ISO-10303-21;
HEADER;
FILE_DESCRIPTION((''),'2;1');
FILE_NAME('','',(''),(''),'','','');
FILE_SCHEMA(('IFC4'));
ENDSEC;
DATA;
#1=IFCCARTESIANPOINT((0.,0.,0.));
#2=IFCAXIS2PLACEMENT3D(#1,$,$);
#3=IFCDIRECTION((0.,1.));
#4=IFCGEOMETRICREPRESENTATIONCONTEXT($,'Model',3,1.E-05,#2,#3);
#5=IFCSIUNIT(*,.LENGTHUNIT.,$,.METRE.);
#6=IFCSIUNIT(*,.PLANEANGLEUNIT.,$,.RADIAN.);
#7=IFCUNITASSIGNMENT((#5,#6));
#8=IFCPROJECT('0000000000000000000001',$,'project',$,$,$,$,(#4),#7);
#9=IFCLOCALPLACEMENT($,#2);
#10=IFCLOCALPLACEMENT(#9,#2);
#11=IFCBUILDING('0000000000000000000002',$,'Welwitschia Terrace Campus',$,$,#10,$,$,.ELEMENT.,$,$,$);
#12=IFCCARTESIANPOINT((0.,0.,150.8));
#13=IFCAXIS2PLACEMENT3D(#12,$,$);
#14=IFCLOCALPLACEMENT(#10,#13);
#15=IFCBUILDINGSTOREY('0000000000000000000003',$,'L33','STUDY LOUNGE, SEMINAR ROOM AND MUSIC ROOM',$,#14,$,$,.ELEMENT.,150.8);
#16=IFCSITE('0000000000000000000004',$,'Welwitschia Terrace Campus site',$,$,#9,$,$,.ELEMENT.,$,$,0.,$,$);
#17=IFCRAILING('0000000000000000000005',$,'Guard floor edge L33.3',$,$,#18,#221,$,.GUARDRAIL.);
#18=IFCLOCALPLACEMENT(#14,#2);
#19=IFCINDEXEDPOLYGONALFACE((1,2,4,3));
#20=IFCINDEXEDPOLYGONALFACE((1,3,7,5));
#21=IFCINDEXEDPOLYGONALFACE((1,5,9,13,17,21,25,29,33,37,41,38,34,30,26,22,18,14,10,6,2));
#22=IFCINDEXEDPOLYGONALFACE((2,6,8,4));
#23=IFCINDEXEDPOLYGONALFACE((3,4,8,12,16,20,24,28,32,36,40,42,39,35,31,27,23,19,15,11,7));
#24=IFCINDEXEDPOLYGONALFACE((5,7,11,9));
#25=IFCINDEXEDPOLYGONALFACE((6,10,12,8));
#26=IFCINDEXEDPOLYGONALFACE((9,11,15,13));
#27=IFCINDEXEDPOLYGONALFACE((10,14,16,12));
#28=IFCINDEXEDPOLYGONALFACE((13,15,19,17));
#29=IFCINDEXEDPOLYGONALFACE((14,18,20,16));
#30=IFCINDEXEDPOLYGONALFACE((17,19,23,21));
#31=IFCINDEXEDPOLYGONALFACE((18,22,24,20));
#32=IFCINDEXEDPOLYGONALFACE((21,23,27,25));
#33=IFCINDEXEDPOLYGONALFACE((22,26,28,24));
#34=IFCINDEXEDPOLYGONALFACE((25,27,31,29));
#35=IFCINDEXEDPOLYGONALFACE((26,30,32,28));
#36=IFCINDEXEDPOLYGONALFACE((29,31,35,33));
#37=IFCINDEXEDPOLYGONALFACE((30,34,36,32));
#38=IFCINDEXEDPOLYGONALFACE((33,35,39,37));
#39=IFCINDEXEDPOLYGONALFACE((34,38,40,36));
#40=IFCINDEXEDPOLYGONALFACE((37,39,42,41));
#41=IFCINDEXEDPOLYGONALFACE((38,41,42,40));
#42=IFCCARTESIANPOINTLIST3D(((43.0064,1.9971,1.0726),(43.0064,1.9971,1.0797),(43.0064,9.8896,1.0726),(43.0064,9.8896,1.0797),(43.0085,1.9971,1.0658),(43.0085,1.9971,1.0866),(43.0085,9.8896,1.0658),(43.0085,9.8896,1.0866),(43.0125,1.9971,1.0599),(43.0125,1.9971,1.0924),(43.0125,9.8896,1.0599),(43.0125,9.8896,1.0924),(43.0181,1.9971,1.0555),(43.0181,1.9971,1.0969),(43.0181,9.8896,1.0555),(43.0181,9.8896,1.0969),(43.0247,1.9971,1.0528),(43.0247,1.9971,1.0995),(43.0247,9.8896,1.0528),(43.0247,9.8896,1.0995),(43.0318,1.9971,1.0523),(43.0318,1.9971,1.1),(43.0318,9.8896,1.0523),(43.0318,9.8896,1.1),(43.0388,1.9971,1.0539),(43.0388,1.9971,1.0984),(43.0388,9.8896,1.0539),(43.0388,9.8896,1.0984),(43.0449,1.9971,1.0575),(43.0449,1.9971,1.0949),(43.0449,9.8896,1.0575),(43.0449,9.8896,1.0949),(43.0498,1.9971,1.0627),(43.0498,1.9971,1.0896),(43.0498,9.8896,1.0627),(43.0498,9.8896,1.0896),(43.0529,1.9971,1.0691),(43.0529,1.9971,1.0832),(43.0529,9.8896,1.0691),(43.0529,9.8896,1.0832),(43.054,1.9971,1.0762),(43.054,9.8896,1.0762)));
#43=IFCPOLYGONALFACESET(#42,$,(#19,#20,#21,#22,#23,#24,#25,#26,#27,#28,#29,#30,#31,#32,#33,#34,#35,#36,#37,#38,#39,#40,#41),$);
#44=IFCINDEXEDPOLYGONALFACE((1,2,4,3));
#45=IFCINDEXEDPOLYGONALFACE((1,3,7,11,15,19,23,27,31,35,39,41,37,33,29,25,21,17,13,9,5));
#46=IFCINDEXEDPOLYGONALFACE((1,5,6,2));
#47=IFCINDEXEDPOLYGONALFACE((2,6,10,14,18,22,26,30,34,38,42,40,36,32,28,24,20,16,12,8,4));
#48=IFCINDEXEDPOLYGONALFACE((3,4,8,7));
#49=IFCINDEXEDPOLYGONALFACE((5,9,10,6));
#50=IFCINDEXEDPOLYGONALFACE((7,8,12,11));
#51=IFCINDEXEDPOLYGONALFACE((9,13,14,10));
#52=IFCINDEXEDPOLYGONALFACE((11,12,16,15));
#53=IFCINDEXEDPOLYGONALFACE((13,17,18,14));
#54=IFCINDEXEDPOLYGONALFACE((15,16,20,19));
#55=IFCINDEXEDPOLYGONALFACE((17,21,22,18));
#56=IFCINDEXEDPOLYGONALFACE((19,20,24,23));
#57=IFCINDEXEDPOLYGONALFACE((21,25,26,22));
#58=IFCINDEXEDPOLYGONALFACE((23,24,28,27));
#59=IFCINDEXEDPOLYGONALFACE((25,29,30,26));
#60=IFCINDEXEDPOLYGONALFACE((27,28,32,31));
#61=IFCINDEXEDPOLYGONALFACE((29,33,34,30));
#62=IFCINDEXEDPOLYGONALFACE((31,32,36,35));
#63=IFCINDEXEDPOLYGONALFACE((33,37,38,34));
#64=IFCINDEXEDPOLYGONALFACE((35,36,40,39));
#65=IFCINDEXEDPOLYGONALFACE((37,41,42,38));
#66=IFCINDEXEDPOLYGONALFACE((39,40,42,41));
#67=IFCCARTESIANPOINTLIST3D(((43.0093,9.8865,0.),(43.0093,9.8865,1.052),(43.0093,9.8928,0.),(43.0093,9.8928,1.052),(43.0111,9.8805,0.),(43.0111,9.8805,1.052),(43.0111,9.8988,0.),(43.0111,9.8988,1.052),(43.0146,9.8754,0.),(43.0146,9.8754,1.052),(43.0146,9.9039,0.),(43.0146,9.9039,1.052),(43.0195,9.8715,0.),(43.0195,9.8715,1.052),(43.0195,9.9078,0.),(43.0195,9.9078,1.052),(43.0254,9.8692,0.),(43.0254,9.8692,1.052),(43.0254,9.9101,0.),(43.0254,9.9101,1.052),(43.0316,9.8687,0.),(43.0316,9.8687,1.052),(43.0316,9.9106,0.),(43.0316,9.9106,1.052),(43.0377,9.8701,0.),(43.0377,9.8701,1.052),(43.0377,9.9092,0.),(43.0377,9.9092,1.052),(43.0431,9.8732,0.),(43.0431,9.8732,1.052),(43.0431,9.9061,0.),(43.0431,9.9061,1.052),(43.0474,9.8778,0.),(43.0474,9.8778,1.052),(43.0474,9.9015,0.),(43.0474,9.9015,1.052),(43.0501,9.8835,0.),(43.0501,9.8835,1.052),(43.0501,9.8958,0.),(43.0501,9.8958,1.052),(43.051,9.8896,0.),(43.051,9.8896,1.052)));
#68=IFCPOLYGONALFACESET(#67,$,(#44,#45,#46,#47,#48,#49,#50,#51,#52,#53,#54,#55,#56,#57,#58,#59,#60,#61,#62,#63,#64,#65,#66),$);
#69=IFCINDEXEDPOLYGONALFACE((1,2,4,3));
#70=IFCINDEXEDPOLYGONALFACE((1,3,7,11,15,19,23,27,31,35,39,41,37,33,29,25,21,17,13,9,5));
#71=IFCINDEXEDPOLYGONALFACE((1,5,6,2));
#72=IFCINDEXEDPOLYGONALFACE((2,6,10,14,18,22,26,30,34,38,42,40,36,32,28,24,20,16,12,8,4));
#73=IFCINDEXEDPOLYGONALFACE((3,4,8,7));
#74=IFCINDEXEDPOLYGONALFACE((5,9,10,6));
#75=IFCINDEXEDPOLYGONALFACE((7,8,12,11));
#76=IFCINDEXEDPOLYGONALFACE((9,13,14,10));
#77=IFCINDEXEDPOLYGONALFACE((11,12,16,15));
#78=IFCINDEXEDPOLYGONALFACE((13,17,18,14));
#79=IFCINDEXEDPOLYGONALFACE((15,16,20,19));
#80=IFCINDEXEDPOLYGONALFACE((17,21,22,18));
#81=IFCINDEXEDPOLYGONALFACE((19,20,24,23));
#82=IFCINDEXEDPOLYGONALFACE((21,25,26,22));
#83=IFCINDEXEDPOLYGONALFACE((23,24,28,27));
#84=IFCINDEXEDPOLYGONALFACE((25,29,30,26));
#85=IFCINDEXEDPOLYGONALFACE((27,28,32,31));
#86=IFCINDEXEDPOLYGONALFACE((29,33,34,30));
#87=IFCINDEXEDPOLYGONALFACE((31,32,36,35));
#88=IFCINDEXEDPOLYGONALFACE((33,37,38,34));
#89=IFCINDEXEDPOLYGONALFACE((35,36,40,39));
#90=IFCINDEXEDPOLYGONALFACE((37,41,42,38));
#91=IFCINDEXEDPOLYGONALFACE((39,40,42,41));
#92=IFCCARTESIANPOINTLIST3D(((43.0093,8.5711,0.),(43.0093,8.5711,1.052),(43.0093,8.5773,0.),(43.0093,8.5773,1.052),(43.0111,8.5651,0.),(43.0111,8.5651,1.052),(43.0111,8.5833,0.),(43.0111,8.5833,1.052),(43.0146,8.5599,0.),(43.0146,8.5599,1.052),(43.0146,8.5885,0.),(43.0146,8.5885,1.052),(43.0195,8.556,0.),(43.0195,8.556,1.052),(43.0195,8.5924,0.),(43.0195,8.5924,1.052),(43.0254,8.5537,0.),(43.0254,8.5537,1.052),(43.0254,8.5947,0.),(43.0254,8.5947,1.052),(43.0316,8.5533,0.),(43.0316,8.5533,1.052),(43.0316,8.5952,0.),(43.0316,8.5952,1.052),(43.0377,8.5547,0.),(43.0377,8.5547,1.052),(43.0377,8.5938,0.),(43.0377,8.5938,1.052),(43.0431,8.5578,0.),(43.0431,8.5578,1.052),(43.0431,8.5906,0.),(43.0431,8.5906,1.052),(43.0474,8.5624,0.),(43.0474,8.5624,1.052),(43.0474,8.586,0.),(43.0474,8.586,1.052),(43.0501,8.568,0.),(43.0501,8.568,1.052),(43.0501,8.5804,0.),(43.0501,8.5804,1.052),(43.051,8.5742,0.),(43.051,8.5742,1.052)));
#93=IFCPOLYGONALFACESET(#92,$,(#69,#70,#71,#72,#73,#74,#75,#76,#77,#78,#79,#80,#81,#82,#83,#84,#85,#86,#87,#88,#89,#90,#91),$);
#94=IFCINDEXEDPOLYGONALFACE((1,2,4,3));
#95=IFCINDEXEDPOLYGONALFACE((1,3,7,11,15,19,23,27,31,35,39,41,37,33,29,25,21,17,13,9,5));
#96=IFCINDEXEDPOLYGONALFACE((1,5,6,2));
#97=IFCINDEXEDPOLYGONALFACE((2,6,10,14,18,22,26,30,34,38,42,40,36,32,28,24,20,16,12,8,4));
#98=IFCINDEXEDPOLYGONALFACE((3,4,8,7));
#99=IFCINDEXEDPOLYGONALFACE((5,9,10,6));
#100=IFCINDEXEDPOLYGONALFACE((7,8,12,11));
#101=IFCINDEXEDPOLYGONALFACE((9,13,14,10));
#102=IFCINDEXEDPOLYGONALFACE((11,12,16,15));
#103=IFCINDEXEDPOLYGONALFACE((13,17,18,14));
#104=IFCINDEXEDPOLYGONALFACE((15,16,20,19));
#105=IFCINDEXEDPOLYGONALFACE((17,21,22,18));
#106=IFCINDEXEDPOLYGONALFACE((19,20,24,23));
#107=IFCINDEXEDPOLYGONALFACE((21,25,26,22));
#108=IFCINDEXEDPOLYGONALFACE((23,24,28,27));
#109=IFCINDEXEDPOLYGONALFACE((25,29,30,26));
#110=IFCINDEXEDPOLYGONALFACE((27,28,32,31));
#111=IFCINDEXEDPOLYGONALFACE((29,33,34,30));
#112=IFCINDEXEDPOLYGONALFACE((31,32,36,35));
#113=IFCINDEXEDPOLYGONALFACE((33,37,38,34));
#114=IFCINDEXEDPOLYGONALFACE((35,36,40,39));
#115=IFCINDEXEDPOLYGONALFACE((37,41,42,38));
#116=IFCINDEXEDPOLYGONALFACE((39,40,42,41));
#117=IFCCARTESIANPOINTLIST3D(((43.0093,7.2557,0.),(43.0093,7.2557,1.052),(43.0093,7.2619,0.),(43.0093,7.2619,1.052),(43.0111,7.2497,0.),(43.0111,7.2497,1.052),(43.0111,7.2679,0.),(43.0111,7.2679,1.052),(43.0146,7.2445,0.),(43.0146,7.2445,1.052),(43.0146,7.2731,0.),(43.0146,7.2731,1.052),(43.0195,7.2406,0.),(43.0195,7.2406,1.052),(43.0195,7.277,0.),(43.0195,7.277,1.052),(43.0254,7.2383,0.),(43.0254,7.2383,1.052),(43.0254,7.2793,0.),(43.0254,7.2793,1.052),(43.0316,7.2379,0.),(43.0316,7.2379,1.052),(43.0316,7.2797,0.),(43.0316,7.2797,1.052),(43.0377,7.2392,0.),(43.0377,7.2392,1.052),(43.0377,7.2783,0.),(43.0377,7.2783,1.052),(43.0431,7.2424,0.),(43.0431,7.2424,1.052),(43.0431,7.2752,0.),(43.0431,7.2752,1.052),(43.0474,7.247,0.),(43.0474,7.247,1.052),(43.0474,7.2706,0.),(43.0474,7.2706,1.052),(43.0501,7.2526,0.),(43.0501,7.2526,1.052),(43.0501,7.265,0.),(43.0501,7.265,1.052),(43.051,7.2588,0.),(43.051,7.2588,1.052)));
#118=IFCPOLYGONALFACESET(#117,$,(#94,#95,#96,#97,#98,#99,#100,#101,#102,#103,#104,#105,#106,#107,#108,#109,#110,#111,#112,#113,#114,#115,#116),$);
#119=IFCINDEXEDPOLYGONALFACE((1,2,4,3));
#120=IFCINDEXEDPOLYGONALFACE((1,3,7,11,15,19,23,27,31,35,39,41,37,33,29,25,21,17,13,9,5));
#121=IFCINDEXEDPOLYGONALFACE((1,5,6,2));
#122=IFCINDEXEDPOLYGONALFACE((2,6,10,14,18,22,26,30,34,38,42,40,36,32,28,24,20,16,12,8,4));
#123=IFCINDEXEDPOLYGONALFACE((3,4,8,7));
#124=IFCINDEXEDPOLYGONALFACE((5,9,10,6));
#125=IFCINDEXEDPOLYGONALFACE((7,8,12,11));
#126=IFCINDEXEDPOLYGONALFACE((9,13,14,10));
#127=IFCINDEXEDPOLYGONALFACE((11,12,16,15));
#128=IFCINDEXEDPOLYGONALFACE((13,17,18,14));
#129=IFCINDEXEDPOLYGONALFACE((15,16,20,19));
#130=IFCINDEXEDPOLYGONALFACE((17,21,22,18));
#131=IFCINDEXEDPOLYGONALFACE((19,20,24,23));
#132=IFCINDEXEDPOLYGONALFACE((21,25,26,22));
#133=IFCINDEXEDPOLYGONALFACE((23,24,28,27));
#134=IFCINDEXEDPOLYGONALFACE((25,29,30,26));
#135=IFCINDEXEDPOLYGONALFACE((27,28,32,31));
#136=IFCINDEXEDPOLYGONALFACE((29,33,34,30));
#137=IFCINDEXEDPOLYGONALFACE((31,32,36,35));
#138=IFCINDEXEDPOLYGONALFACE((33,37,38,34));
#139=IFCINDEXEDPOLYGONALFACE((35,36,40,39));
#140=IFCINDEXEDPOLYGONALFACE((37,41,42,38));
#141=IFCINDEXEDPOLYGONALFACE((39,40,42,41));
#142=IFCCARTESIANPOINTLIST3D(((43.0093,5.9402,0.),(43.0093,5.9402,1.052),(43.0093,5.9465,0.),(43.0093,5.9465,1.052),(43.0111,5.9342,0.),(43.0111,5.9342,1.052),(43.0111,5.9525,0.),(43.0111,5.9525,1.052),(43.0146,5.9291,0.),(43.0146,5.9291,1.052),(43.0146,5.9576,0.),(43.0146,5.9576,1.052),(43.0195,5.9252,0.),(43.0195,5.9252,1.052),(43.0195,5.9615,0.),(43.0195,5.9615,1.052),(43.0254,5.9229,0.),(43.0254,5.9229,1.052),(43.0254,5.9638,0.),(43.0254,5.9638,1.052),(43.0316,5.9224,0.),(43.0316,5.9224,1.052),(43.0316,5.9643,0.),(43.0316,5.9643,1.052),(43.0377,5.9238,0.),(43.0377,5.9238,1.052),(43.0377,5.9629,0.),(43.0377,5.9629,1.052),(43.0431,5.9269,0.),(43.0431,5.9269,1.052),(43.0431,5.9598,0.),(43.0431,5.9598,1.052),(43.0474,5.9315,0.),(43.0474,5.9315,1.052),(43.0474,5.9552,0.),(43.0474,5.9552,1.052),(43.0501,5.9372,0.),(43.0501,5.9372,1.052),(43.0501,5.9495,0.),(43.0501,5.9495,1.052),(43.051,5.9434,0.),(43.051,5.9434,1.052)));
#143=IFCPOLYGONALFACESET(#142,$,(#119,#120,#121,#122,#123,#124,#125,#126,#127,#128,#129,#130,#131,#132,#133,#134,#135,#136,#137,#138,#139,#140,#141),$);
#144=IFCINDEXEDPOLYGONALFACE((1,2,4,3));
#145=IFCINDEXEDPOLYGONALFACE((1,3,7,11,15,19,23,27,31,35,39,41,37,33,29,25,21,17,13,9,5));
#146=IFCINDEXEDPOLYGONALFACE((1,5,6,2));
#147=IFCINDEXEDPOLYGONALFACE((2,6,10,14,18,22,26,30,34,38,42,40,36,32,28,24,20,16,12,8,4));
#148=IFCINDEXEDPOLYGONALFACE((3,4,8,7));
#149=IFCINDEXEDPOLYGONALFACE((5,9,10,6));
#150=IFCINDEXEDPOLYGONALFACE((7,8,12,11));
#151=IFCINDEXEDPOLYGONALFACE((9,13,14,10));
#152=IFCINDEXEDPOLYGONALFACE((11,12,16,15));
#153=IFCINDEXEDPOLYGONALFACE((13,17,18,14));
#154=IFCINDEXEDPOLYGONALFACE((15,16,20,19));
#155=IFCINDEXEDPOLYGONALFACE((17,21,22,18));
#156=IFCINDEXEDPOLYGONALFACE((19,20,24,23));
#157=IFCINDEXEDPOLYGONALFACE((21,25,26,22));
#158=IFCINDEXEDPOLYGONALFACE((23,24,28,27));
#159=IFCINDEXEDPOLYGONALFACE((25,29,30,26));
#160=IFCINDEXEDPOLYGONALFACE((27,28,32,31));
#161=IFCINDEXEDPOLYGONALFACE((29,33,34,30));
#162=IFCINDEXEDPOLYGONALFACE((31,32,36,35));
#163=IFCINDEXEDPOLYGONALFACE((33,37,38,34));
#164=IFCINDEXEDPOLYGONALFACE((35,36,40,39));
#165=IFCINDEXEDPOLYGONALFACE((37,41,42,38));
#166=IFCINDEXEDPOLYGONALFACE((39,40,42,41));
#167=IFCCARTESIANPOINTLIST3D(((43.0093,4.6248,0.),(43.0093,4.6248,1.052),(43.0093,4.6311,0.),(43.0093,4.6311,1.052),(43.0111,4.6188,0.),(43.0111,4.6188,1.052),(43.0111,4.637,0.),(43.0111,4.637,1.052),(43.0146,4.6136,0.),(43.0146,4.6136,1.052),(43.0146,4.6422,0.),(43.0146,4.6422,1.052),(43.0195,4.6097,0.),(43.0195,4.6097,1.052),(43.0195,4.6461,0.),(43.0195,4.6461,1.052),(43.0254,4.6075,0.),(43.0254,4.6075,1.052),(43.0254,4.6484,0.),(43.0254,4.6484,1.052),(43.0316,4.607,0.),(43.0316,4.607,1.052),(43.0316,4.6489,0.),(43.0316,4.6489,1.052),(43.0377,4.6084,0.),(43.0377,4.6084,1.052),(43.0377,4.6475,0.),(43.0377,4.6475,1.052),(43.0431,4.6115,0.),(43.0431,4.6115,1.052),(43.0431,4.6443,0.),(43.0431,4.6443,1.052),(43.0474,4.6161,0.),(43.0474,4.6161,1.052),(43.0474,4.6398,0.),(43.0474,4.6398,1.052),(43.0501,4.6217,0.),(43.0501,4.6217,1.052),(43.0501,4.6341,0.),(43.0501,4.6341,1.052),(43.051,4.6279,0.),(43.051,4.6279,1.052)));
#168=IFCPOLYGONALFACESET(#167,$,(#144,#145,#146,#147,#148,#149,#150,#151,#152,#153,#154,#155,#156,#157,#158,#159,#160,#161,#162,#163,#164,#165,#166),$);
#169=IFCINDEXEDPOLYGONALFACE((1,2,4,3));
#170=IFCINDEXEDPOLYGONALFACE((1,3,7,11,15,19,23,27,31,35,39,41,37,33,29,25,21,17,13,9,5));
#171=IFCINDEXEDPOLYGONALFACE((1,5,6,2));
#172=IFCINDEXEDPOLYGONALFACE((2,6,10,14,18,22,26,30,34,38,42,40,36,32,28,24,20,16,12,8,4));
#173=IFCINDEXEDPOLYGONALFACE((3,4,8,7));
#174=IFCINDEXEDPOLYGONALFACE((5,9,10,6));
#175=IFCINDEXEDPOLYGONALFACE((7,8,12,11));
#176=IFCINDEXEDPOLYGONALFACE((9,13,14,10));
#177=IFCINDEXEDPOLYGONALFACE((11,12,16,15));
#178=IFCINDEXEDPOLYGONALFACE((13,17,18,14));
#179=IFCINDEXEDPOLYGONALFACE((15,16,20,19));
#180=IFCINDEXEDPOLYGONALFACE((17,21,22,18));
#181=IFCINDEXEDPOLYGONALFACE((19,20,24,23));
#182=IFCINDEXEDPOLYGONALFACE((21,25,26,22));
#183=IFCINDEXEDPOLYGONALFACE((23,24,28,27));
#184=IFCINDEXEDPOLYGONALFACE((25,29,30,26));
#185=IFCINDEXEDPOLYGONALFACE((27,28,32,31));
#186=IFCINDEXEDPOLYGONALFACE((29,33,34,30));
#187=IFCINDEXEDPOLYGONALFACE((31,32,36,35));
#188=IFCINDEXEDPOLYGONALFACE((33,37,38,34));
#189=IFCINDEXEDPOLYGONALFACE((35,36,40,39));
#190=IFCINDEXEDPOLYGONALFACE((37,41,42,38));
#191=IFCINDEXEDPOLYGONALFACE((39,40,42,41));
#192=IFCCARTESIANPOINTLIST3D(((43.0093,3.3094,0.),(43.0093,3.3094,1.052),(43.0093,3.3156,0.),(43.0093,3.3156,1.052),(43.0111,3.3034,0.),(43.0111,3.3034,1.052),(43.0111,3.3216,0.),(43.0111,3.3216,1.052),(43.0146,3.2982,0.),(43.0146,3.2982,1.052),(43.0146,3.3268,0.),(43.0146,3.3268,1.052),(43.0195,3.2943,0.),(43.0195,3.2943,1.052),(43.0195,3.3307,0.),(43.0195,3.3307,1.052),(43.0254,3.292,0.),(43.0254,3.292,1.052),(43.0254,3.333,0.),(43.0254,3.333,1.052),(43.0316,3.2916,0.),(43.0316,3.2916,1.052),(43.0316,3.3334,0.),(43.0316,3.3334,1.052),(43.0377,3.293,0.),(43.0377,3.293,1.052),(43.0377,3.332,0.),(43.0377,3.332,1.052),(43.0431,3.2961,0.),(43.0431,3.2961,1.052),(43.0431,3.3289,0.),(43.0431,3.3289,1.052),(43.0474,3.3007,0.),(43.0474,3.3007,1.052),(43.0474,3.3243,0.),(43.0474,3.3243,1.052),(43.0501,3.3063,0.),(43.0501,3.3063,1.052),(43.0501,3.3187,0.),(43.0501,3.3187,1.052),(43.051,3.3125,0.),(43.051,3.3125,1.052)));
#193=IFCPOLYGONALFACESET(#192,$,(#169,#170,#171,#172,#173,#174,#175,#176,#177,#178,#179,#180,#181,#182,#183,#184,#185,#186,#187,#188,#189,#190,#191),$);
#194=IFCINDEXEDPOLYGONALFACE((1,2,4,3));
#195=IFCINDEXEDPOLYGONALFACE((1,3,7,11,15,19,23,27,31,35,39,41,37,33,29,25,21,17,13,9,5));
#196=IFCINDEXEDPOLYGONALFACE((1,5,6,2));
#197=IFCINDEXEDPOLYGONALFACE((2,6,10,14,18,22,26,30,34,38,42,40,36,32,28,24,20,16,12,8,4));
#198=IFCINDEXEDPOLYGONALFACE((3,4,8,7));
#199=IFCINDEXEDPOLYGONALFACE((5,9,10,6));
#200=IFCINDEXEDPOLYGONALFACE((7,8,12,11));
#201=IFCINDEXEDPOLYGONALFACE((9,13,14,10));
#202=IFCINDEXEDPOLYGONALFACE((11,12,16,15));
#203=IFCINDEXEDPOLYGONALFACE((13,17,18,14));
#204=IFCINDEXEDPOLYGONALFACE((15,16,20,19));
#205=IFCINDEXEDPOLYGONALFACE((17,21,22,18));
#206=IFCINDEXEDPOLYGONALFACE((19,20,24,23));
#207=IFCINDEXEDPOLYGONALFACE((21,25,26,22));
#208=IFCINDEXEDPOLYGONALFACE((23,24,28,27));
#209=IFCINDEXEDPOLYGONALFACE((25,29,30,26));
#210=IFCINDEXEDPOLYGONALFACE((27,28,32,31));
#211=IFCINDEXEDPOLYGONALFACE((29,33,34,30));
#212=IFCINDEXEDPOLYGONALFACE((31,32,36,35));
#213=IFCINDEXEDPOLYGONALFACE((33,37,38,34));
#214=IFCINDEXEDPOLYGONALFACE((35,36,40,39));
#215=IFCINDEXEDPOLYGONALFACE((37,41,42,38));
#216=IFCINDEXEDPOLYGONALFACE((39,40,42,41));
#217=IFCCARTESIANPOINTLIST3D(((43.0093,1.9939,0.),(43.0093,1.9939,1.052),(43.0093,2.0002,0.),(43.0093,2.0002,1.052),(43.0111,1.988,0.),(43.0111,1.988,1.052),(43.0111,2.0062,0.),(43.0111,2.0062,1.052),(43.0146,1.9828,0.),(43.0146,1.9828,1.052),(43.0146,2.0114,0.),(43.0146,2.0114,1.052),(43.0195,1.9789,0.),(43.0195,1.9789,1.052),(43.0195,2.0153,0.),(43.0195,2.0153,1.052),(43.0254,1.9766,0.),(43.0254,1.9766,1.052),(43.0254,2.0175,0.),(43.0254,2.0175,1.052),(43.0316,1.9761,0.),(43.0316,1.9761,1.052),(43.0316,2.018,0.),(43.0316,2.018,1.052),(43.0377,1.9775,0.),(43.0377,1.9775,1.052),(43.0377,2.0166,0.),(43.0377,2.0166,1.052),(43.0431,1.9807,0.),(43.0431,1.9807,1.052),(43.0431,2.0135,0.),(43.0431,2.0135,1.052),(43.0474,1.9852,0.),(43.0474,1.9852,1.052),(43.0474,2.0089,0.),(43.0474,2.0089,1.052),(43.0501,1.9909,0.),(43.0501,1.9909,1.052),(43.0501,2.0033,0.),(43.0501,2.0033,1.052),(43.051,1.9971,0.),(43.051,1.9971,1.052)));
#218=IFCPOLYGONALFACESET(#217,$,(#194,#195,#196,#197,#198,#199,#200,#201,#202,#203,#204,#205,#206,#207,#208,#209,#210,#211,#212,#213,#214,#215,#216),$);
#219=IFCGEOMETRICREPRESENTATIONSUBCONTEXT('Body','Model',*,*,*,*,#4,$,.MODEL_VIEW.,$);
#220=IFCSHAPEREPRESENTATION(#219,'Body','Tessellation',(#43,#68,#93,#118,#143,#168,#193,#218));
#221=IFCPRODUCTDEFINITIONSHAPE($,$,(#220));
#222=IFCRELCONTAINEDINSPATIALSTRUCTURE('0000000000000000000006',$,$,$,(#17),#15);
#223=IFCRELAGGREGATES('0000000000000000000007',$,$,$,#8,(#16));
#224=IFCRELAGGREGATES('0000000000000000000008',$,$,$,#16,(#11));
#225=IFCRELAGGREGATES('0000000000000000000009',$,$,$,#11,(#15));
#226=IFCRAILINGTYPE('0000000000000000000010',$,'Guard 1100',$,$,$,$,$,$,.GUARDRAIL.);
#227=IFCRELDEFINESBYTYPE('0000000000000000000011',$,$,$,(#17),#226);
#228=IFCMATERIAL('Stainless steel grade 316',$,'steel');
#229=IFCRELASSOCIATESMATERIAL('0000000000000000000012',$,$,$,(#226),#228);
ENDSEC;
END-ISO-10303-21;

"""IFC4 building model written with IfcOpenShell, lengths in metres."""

from ifc_helpers import new_model, si_unit, direction, frame, origin, origin_2d, place, context, subcontext, project, spatial, circle, extrude, material, type_object, element, save


model = new_model("IFC4")

# Units and contexts
model_context = context("Model", 3, precision=1e-05, world=origin(), true_north=direction((0.0, 1.0)))
body_context = subcontext(model_context, "Body", "Model", "MODEL_VIEW")
ifc_project = project(units=[si_unit("LENGTHUNIT", "METRE"), si_unit("PLANEANGLEUNIT", "RADIAN")], contexts=[model_context])

# Site, building, storey
site_placement = place(None, origin())
site = spatial("IfcSite", under=ifc_project, at=site_placement, Name="Welwitschia Terrace Campus site", CompositionType="ELEMENT", RefElevation=0.0)
building_placement = place(site_placement, origin())
building = spatial("IfcBuilding", under=site, at=building_placement, Name="Welwitschia Terrace Campus", CompositionType="ELEMENT")
storey_placement = place(building_placement, frame((0.0, 0.0, 150.8)))
storey = spatial("IfcBuildingStorey", under=building, at=storey_placement, Name="L33", Description="STUDY LOUNGE, SEMINAR ROOM AND MUSIC ROOM", CompositionType="ELEMENT", Elevation=150.8)

# Railing
ifc_material_1 = material(Name="Stainless steel grade 316", Category="steel")
railing_type = type_object("IfcRailingType", Name="Guard 1100", PredefinedType="GUARDRAIL", material=ifc_material_1)
railing_1_placement = place(storey_placement, frame((43.03, 9.8896, 0.0)))
element("IfcRailing", 1, at=railing_1_placement, inside=storey, type_object=railing_type, Name="Guard floor edge L33.3", PredefinedType="GUARDRAIL", context=body_context, shape_type="SweptSolid", body=[
    extrude(circle(Radius=0.0239, at=origin_2d()), frame((0.0, 0.0, 1.0762), z_axis=(0.0, -1.0, 0.0), x_axis=(1.0, 0.0, 0.0)), (0.0, 0.0, 1.0), 7.8926),
    extrude(circle(Radius=0.021, at=origin_2d()), origin(), (0.0, 0.0, 1.0), 1.052),
    extrude(circle(Radius=0.021, at=origin_2d()), frame((0.0, -1.3154, 0.0)), (0.0, 0.0, 1.0), 1.052),
    extrude(circle(Radius=0.021, at=origin_2d()), frame((0.0, -2.6309, 0.0)), (0.0, 0.0, 1.0), 1.052),
    extrude(circle(Radius=0.021, at=origin_2d()), frame((0.0, -3.9463, 0.0)), (0.0, 0.0, 1.0), 1.052),
    extrude(circle(Radius=0.021, at=origin_2d()), frame((0.0, -5.2617, 0.0)), (0.0, 0.0, 1.0), 1.052),
    extrude(circle(Radius=0.021, at=origin_2d()), frame((0.0, -6.5771, 0.0)), (0.0, 0.0, 1.0), 1.052),
    extrude(circle(Radius=0.021, at=origin_2d()), frame((0.0, -7.8926, 0.0)), (0.0, 0.0, 1.0), 1.052),
])

save(model, "model.ifc")
